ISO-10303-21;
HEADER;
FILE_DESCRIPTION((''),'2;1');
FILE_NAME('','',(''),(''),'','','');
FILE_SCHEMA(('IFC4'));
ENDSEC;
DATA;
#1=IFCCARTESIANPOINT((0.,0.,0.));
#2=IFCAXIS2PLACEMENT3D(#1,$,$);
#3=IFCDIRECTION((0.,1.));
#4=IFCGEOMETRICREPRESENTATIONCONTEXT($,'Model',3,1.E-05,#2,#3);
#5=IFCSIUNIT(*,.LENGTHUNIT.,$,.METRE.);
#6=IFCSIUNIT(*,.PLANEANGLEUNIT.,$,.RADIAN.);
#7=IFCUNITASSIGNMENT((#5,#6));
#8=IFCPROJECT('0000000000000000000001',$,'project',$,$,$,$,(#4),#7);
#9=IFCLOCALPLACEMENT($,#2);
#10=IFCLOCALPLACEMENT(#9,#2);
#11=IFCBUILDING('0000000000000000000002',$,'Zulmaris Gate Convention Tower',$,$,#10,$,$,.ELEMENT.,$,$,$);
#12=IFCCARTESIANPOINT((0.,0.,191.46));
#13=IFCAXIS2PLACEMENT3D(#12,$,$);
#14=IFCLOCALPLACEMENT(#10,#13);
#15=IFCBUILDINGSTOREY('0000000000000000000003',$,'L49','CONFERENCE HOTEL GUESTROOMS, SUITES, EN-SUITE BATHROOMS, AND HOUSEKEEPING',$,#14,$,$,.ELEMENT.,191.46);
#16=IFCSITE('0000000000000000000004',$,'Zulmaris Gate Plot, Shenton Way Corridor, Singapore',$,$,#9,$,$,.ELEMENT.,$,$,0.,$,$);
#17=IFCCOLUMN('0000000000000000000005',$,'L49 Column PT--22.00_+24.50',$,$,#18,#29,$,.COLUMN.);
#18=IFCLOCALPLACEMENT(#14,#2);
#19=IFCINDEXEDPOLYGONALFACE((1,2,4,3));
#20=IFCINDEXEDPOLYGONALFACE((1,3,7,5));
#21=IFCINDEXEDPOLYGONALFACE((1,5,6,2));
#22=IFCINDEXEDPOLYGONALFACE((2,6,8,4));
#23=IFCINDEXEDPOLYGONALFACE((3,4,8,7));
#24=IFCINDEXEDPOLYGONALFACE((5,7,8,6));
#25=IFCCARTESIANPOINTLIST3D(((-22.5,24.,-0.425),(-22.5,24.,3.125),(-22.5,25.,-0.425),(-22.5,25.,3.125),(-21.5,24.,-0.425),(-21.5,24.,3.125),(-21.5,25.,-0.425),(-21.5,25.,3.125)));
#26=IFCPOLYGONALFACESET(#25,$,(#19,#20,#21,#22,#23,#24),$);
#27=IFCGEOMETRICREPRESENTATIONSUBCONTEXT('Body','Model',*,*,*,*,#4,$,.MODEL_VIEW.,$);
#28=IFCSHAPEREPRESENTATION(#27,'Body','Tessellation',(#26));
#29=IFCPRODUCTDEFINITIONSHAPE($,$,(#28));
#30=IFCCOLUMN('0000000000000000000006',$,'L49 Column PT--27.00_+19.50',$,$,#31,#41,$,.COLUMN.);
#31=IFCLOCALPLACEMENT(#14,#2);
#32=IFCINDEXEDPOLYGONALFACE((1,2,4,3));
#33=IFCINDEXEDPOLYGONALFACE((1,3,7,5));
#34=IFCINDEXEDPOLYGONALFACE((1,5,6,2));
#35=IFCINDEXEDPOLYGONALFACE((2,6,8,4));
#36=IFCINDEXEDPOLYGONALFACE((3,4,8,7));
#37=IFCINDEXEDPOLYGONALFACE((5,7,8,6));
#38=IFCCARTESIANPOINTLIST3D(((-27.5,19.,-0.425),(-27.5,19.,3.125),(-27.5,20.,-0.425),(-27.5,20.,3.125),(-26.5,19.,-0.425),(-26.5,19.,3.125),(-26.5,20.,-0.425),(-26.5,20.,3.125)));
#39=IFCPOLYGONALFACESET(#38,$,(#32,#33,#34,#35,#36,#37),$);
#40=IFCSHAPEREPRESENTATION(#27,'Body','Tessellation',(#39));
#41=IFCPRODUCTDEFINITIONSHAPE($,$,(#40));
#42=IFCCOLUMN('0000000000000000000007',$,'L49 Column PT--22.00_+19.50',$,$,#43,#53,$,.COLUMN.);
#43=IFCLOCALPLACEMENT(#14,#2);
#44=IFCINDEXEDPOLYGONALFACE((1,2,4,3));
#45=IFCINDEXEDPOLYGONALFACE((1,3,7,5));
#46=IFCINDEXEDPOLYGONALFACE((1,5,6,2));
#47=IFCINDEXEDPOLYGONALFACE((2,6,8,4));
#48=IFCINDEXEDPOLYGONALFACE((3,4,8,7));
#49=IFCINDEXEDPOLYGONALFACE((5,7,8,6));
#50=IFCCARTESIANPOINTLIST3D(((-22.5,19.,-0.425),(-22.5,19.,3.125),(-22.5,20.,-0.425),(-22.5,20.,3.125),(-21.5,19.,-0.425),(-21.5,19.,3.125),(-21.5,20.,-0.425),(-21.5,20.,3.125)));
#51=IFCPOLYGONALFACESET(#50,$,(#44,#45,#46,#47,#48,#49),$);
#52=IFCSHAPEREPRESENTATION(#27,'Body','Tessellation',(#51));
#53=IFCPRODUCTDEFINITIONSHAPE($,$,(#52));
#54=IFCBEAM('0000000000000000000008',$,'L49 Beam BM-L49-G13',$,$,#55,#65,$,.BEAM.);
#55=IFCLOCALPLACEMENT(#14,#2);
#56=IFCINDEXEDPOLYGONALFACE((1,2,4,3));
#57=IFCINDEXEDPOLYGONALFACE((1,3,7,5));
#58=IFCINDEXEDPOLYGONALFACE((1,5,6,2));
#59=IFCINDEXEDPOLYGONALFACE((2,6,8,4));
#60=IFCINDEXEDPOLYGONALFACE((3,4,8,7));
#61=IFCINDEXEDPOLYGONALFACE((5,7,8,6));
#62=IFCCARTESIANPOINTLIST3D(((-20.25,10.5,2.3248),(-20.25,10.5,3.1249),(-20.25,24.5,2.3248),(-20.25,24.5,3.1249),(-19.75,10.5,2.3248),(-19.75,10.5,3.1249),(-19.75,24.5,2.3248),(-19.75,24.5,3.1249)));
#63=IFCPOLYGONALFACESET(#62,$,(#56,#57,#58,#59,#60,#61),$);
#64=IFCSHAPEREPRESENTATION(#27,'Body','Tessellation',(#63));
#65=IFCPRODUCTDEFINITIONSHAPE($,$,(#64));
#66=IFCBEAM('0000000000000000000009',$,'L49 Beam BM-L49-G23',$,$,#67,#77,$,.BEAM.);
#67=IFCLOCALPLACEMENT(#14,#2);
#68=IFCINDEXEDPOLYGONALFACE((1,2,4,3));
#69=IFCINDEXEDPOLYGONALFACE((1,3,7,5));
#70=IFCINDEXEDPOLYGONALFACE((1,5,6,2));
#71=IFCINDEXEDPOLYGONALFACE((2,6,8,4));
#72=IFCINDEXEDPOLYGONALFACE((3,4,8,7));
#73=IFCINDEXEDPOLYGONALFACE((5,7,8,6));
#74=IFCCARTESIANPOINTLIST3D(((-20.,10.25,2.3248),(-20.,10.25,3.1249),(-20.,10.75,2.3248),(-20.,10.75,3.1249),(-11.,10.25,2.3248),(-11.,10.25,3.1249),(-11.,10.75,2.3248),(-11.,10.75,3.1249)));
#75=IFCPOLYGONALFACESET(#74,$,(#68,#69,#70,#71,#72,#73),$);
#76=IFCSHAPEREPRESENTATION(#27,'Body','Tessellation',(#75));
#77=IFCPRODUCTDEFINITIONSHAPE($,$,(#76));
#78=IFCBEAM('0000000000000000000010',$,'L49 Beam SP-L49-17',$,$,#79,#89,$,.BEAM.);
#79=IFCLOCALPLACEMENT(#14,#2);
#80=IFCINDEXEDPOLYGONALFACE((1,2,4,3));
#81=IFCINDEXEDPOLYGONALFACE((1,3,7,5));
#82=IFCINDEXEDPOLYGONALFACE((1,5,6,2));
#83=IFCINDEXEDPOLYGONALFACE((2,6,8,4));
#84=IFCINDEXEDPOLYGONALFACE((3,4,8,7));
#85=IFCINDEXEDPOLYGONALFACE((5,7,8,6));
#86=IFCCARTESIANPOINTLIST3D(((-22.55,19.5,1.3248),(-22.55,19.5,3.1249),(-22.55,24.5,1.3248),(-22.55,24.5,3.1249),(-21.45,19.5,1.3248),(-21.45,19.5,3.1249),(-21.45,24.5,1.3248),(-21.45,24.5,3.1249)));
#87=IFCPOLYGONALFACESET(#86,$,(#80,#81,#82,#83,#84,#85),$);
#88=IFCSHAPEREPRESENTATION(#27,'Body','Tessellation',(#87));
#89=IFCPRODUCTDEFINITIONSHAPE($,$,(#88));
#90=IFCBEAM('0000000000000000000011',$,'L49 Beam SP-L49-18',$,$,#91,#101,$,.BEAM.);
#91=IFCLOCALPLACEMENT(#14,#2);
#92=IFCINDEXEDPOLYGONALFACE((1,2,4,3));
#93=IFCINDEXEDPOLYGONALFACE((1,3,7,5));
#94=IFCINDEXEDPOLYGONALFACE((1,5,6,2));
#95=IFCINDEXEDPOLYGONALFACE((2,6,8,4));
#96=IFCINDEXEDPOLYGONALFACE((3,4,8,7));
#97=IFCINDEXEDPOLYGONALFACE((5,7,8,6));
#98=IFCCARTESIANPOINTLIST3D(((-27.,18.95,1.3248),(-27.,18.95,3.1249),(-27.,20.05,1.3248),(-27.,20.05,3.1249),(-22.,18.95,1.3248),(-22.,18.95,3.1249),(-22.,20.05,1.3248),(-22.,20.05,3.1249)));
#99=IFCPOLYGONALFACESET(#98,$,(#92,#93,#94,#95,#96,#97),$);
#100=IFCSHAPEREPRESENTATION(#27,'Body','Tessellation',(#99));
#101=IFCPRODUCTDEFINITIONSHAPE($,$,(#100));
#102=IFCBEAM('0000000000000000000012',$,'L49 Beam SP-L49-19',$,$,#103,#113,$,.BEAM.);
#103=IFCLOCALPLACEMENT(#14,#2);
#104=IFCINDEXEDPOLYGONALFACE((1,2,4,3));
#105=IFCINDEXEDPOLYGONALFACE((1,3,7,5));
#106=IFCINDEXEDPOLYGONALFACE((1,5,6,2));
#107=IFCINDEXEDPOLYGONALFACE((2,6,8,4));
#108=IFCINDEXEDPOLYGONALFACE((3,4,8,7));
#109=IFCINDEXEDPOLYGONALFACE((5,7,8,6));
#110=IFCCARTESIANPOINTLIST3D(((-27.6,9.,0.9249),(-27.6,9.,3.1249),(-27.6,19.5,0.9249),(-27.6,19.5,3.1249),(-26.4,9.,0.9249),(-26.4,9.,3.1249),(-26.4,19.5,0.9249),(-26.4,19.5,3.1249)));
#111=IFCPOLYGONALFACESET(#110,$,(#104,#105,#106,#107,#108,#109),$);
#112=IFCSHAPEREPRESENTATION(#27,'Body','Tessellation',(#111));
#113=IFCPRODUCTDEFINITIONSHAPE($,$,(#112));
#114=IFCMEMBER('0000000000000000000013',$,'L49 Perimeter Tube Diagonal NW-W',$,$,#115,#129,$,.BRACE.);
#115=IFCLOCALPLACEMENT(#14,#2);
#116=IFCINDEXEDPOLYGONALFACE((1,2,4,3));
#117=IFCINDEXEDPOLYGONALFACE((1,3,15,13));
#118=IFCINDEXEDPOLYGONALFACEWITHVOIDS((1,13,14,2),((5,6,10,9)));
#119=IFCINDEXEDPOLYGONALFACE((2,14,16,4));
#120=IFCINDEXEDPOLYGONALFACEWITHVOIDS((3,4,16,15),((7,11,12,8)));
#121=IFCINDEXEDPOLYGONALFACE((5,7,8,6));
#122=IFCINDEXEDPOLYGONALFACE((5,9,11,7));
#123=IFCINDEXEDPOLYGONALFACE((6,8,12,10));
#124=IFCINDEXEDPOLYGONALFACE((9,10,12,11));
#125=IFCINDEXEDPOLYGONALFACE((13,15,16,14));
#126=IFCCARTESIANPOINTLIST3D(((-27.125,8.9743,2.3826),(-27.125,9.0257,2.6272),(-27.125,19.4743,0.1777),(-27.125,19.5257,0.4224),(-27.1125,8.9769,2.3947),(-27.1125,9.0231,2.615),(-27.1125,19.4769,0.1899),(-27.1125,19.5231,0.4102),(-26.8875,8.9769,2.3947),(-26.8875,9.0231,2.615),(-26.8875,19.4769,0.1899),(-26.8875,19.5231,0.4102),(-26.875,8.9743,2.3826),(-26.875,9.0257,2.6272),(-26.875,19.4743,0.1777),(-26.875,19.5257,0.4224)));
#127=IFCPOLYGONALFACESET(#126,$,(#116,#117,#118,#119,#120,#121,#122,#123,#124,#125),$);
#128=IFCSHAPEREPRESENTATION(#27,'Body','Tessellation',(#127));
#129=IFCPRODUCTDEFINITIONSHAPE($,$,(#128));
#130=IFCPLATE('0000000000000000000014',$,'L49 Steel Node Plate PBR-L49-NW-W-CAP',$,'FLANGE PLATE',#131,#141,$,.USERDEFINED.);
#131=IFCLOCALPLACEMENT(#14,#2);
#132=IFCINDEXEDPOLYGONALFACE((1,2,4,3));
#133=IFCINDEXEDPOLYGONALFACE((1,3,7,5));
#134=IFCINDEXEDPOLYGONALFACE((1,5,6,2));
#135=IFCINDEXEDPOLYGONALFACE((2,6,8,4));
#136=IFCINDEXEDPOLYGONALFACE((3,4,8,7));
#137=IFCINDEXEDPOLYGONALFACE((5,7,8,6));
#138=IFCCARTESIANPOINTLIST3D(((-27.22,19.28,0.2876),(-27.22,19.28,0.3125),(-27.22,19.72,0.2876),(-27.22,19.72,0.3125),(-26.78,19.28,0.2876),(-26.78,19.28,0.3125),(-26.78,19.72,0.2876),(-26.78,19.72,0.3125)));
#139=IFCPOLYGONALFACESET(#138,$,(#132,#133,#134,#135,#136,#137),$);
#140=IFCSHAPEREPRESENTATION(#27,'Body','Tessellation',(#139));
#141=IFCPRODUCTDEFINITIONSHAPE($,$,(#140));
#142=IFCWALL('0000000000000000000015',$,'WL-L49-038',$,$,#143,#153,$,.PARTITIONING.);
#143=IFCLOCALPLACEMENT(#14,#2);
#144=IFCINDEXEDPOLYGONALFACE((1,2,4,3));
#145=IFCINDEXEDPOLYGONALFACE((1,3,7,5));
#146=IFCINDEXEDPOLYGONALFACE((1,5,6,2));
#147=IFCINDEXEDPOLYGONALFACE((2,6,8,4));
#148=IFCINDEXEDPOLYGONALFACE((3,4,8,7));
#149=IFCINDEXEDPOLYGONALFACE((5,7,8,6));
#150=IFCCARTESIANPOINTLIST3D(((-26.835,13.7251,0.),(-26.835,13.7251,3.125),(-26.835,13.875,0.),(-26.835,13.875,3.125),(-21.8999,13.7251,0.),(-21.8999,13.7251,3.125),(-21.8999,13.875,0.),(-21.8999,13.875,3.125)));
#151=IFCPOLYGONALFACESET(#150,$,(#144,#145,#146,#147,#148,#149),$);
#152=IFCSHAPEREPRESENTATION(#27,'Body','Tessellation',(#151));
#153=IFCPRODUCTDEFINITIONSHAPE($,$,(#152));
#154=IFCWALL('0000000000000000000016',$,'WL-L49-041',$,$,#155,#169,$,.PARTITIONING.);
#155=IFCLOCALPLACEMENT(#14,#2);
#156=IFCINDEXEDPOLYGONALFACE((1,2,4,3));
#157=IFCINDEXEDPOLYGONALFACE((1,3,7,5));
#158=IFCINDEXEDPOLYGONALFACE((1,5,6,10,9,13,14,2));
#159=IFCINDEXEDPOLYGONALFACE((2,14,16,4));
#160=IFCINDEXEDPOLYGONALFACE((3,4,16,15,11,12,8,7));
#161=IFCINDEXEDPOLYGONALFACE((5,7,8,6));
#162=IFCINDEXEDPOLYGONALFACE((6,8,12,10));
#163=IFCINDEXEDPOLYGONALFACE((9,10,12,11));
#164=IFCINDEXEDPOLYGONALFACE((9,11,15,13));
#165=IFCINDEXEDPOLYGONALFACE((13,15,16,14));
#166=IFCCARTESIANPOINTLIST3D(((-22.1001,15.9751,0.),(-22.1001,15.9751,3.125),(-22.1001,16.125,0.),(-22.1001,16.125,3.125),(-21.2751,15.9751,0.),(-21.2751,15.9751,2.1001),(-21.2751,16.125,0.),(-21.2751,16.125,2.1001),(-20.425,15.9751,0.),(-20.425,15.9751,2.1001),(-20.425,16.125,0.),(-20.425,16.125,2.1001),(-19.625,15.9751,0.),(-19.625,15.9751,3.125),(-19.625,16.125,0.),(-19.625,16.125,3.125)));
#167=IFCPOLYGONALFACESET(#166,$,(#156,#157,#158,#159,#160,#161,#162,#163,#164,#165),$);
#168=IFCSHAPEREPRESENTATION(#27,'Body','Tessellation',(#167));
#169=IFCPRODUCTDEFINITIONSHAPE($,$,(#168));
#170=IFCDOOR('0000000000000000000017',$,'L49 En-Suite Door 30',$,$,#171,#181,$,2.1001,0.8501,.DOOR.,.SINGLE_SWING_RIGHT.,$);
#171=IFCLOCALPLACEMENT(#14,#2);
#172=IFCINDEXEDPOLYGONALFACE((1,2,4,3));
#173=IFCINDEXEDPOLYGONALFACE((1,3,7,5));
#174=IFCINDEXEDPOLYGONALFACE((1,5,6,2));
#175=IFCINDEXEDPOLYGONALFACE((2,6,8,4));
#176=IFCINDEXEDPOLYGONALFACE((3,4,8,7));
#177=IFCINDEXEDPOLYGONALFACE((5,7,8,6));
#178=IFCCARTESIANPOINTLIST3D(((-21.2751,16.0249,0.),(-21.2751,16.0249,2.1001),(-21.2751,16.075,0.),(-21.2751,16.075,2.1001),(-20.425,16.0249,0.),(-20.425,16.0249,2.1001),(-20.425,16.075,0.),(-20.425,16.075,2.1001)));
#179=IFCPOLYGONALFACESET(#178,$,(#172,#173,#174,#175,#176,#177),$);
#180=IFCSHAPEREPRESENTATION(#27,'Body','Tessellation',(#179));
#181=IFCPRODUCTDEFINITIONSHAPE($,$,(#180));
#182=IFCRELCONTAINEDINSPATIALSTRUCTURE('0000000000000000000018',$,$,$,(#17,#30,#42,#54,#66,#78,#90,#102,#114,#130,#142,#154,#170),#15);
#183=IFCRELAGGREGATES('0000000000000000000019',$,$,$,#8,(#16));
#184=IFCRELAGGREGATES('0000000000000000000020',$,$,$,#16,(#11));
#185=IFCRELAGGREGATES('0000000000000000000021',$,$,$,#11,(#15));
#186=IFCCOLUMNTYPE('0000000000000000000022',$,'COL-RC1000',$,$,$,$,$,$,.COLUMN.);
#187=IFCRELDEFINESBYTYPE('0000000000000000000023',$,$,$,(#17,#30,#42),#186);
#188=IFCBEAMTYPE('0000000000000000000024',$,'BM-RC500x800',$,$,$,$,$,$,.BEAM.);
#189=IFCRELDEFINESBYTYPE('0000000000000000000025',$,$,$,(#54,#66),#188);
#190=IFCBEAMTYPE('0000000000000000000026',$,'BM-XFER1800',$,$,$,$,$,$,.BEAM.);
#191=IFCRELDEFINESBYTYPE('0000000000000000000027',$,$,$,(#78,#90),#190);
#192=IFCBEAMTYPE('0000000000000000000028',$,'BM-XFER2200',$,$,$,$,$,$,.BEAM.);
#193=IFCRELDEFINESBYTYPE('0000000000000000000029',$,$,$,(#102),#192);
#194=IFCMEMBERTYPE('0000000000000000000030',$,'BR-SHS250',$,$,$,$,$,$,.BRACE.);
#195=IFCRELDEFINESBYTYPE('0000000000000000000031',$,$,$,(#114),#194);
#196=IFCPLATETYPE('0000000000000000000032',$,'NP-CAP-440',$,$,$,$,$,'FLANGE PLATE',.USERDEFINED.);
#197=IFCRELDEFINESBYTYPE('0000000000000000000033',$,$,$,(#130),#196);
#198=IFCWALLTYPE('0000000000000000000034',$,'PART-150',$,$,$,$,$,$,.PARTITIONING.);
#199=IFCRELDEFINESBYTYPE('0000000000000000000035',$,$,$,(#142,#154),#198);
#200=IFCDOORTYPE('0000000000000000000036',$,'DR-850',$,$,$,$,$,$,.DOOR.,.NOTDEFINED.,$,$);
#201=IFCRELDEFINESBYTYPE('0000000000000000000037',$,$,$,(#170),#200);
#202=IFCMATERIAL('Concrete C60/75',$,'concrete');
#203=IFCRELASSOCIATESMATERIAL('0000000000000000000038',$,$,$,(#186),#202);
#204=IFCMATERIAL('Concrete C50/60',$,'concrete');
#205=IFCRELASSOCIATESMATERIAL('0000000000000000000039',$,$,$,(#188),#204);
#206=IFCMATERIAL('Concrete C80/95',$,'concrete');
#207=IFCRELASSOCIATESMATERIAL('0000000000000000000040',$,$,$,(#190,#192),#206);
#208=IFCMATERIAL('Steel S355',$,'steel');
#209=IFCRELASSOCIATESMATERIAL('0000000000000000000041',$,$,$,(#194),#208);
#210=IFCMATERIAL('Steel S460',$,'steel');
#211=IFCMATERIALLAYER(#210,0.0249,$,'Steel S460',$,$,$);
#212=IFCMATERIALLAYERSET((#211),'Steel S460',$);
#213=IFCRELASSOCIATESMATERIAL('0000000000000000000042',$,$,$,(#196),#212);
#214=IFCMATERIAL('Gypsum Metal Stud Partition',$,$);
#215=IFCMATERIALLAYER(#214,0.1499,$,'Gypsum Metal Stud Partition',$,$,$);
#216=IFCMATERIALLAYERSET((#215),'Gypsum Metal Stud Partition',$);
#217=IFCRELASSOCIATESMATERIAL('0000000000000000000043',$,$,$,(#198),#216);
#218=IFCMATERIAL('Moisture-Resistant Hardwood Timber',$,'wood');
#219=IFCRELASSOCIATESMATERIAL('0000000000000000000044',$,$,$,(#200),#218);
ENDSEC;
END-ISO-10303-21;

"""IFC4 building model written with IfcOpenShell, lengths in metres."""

from ifc_helpers import new_model, si_unit, direction, frame, frame_2d, origin, origin_2d, place, context, subcontext, project, spatial, rectangle, hollow_rectangle, extrude, material, layer, layer_set, material_profile, profile_set, type_object, element, fill, save


model = new_model("IFC4")

# Units and contexts
model_context = context("Model", 3, precision=1e-05, world=origin(), true_north=direction((0.0, 1.0)))
body_context = subcontext(model_context, "Body", "Model", "MODEL_VIEW")
ifc_project = project(units=[si_unit("LENGTHUNIT", "METRE"), si_unit("PLANEANGLEUNIT", "RADIAN")], contexts=[model_context])

# Site, building, storey
site_placement = place(None, origin())
site = spatial("IfcSite", under=ifc_project, at=site_placement, Name="Zulmaris Gate Plot, Shenton Way Corridor, Singapore", CompositionType="ELEMENT", RefElevation=0.0)
building_placement = place(site_placement, origin())
building = spatial("IfcBuilding", under=site, at=building_placement, Name="Zulmaris Gate Convention Tower", CompositionType="ELEMENT")
storey_placement = place(building_placement, frame((0.0, 0.0, 191.46)))
storey = spatial("IfcBuildingStorey", under=building, at=storey_placement, Name="L49", Description="CONFERENCE HOTEL GUESTROOMS, SUITES, EN-SUITE BATHROOMS, AND HOUSEKEEPING", CompositionType="ELEMENT", Elevation=191.46)

# Columns
ifc_material_1 = material(Name="Concrete C60/75", Category="concrete")
ifc_material_profile_1 = material_profile(ifc_material_1, rectangle(XDim=1.0, YDim=1.0, at=origin_2d()), Name="RC COL 1000x1000")
ifc_profile_set_1 = profile_set([ifc_material_profile_1], Name="Concrete C60/75")
column_type = type_object("IfcColumnType", Name="COL-RC1000", PredefinedType="COLUMN", material=ifc_profile_set_1)
for number, where, z_axis, x_axis, name in (
    (1, (-22.0, 24.5, -0.425), (0.0, 0.0, 1.0), (1.0, 0.0, 0.0), "L49 Column PT--22.00_+24.50"),
    (2, (-27.0, 19.5, -0.425), (0.0, 0.0, 1.0), (1.0, 0.0, 0.0), "L49 Column PT--27.00_+19.50"),
    (3, (-22.0, 19.5, -0.425), (0.0, 0.0, 1.0), (1.0, 0.0, 0.0), "L49 Column PT--22.00_+19.50"),
):
    element("IfcColumn", number, at=place(storey_placement, frame(where, z_axis=z_axis, x_axis=x_axis)), inside=storey, type_object=column_type, Name=name, PredefinedType="COLUMN", context=body_context, shape_type="SweptSolid", body=[
        extrude(rectangle(XDim=1.0, YDim=1.0, at=origin_2d()), origin(), (0.0, 0.0, 1.0), 3.55),
    ])

# Beams
ifc_material_2 = material(Name="Concrete C50/60", Category="concrete")
ifc_material_profile_2 = material_profile(ifc_material_2, rectangle(XDim=0.5, YDim=0.8, at=origin_2d()), Name="RC BEAM 500x800")
ifc_profile_set_2 = profile_set([ifc_material_profile_2], Name="Concrete C50/60")
beam_type_1 = type_object("IfcBeamType", Name="BM-RC500x800", PredefinedType="BEAM", material=ifc_profile_set_2)
beam_1_placement = place(storey_placement, frame((-20.0, 10.5, 2.7249), z_axis=(0.0, 1.0, 0.0), x_axis=(-1.0, 0.0, 0.0)))
element("IfcBeam", 4, at=beam_1_placement, inside=storey, type_object=beam_type_1, Name="L49 Beam BM-L49-G13", PredefinedType="BEAM", context=body_context, shape_type="SweptSolid", body=[
    extrude(rectangle(XDim=0.5, YDim=0.8, at=origin_2d()), origin(), (0.0, 0.0, 1.0), 14.0),
])
beam_2_placement = place(storey_placement, frame((-20.0, 10.5, 2.7249), z_axis=(1.0, 0.0, 0.0), x_axis=(0.0, 1.0, 0.0)))
element("IfcBeam", 5, at=beam_2_placement, inside=storey, type_object=beam_type_1, Name="L49 Beam BM-L49-G23", PredefinedType="BEAM", context=body_context, shape_type="SweptSolid", body=[
    extrude(rectangle(XDim=0.5, YDim=0.8, at=origin_2d()), origin(), (0.0, 0.0, 1.0), 9.0),
])
ifc_material_3 = material(Name="Concrete C80/95", Category="concrete")
ifc_material_profile_3 = material_profile(ifc_material_3, rectangle(XDim=1.1001, YDim=1.8, at=origin_2d()), Name="RC TRANSFER 1100x1800")
ifc_profile_set_3 = profile_set([ifc_material_profile_3], Name="Concrete C80/95")
beam_type_2 = type_object("IfcBeamType", Name="BM-XFER1800", PredefinedType="BEAM", material=ifc_profile_set_3)
for number, where, z_axis, x_axis, name in (
    (6, (-22.0, 24.5, 2.2249), (0.0, -1.0, 0.0), (1.0, 0.0, 0.0), "L49 Beam SP-L49-17"),
    (7, (-22.0, 19.5, 2.2249), (-1.0, 0.0, 0.0), (0.0, -1.0, 0.0), "L49 Beam SP-L49-18"),
):
    element("IfcBeam", number, at=place(storey_placement, frame(where, z_axis=z_axis, x_axis=x_axis)), inside=storey, type_object=beam_type_2, Name=name, PredefinedType="BEAM", context=body_context, shape_type="SweptSolid", body=[
        extrude(rectangle(XDim=1.1001, YDim=1.8, at=origin_2d()), origin(), (0.0, 0.0, 1.0), 5.0),
    ])
ifc_material_profile_4 = material_profile(ifc_material_3, rectangle(XDim=1.2, YDim=2.2, at=origin_2d()), Name="RC TRANSFER 1200x2200")
ifc_profile_set_4 = profile_set([ifc_material_profile_4], Name="Concrete C80/95")
beam_type_3 = type_object("IfcBeamType", Name="BM-XFER2200", PredefinedType="BEAM", material=ifc_profile_set_4)
beam_3_placement = place(storey_placement, frame((-27.0, 19.5, 2.0249), z_axis=(0.0, -1.0, 0.0), x_axis=(1.0, 0.0, 0.0)))
element("IfcBeam", 8, at=beam_3_placement, inside=storey, type_object=beam_type_3, Name="L49 Beam SP-L49-19", PredefinedType="BEAM", context=body_context, shape_type="SweptSolid", body=[
    extrude(rectangle(XDim=1.2, YDim=2.2, at=origin_2d()), origin(), (0.0, 0.0, 1.0), 10.5),
])

# Member
ifc_material_4 = material(Name="Steel S355", Category="steel")
ifc_material_profile_5 = material_profile(ifc_material_4, hollow_rectangle(XDim=0.25, YDim=0.25, WallThickness=0.0125, at=origin_2d()), Name="SHS 250x250x12.5")
ifc_profile_set_5 = profile_set([ifc_material_profile_5], Name="Steel S355")
member_type = type_object("IfcMemberType", Name="BR-SHS250", PredefinedType="BRACE", material=ifc_profile_set_5)
member_placement = place(storey_placement, frame((-27.0, 19.5, 0.3), z_axis=(0.0, -0.978657, 0.205502), x_axis=(1.0, 0.0, 0.0)))
element("IfcMember", 9, at=member_placement, inside=storey, type_object=member_type, Name="L49 Perimeter Tube Diagonal NW-W", PredefinedType="BRACE", context=body_context, shape_type="SweptSolid", body=[
    extrude(hollow_rectangle(XDim=0.25, YDim=0.25, WallThickness=0.0125, at=origin_2d()), origin(), (0.0, 0.0, 1.0), 10.729),
])

# Plate
ifc_material_5 = material(Name="Steel S460", Category="steel")
ifc_layer_1 = layer(ifc_material_5, 0.0249, Name="Steel S460")
ifc_layer_set_1 = layer_set([ifc_layer_1], Name="Steel S460")
plate_type = type_object("IfcPlateType", Name="NP-CAP-440", ElementType="FLANGE PLATE", PredefinedType="USERDEFINED", material=ifc_layer_set_1)
plate_placement = place(storey_placement, frame((-27.0, 19.5, 0.2876), z_axis=(0.0, 0.0, 1.0), x_axis=(1.0, 0.0, 0.0)))
element("IfcPlate", 10, at=plate_placement, inside=storey, type_object=plate_type, Name="L49 Steel Node Plate PBR-L49-NW-W-CAP", ObjectType="FLANGE PLATE", PredefinedType="USERDEFINED", context=body_context, shape_type="SweptSolid", body=[
    extrude(rectangle(XDim=0.4399, YDim=0.4399, at=origin_2d()), origin(), (0.0, 0.0, 1.0), 0.0249),
])

# Wall
ifc_material_6 = material(Name="Gypsum Metal Stud Partition")
ifc_layer_2 = layer(ifc_material_6, 0.1499, Name="Gypsum Metal Stud Partition")
ifc_layer_set_2 = layer_set([ifc_layer_2], Name="Gypsum Metal Stud Partition")
wall_type_1 = type_object("IfcWallType", Name="PART-150", PredefinedType="PARTITIONING", material=ifc_layer_set_2)
wall_1_placement = place(storey_placement, frame((-26.835, 13.8, 0.0), z_axis=(0.0, 0.0, 1.0), x_axis=(1.0, 0.0, 0.0)))
element("IfcWall", 11, at=wall_1_placement, inside=storey, type_object=wall_type_1, Name="WL-L49-038", PredefinedType="PARTITIONING", context=body_context, shape_type="SweptSolid", body=[
    extrude(rectangle(XDim=4.9351, YDim=0.1499, at=frame_2d((2.4675, 0.0))), origin(), (0.0, 0.0, 1.0), 3.125),
])

# Wall, opening, door
wall_2_placement = place(storey_placement, frame((-22.1001, 16.05, 0.0), z_axis=(0.0, 0.0, 1.0), x_axis=(1.0, 0.0, 0.0)))
wall_2 = element("IfcWall", 12, at=wall_2_placement, inside=storey, type_object=wall_type_1, Name="WL-L49-041", PredefinedType="PARTITIONING", context=body_context, shape_type="SweptSolid", body=[
    extrude(rectangle(XDim=2.4751, YDim=0.1499, at=frame_2d((1.2375, 0.0))), origin(), (0.0, 0.0, 1.0), 3.125),
])
opening_1_placement = place(wall_2_placement, frame((0.825, 0.0, 0.0)))
opening_1 = element("IfcOpeningElement", 13, at=opening_1_placement, cuts=wall_2, PredefinedType="OPENING", context=body_context, shape_type="SweptSolid", body=[
    extrude(rectangle(XDim=0.8501, YDim=2.1001, at=frame_2d((0.425, 1.05))), frame((0.0, 0.085, 0.0), z_axis=(0.0, -1.0, 0.0), x_axis=(1.0, 0.0, 0.0)), (0.0, 0.0, 1.0), 0.1699),
])
ifc_material_7 = material(Name="Moisture-Resistant Hardwood Timber", Category="wood")
door_type_1 = type_object("IfcDoorType", Name="DR-850", OperationType="NOTDEFINED", PredefinedType="DOOR", material=ifc_material_7)
door_1_placement = place(opening_1_placement, origin())
door_1 = element("IfcDoor", 14, at=door_1_placement, inside=storey, type_object=door_type_1, Name="L49 En-Suite Door 30", OperationType="SINGLE_SWING_RIGHT", OverallHeight=2.1001, OverallWidth=0.8501, PredefinedType="DOOR", context=body_context, shape_type="SweptSolid", body=[
    extrude(rectangle(XDim=0.8501, YDim=2.1001, at=frame_2d((0.425, 1.05))), frame((0.0, 0.0249, 0.0), z_axis=(0.0, -1.0, 0.0), x_axis=(1.0, 0.0, 0.0)), (0.0, 0.0, 1.0), 0.05),
])
fill(opening_1, door_1)

save(model, "model.ifc")
